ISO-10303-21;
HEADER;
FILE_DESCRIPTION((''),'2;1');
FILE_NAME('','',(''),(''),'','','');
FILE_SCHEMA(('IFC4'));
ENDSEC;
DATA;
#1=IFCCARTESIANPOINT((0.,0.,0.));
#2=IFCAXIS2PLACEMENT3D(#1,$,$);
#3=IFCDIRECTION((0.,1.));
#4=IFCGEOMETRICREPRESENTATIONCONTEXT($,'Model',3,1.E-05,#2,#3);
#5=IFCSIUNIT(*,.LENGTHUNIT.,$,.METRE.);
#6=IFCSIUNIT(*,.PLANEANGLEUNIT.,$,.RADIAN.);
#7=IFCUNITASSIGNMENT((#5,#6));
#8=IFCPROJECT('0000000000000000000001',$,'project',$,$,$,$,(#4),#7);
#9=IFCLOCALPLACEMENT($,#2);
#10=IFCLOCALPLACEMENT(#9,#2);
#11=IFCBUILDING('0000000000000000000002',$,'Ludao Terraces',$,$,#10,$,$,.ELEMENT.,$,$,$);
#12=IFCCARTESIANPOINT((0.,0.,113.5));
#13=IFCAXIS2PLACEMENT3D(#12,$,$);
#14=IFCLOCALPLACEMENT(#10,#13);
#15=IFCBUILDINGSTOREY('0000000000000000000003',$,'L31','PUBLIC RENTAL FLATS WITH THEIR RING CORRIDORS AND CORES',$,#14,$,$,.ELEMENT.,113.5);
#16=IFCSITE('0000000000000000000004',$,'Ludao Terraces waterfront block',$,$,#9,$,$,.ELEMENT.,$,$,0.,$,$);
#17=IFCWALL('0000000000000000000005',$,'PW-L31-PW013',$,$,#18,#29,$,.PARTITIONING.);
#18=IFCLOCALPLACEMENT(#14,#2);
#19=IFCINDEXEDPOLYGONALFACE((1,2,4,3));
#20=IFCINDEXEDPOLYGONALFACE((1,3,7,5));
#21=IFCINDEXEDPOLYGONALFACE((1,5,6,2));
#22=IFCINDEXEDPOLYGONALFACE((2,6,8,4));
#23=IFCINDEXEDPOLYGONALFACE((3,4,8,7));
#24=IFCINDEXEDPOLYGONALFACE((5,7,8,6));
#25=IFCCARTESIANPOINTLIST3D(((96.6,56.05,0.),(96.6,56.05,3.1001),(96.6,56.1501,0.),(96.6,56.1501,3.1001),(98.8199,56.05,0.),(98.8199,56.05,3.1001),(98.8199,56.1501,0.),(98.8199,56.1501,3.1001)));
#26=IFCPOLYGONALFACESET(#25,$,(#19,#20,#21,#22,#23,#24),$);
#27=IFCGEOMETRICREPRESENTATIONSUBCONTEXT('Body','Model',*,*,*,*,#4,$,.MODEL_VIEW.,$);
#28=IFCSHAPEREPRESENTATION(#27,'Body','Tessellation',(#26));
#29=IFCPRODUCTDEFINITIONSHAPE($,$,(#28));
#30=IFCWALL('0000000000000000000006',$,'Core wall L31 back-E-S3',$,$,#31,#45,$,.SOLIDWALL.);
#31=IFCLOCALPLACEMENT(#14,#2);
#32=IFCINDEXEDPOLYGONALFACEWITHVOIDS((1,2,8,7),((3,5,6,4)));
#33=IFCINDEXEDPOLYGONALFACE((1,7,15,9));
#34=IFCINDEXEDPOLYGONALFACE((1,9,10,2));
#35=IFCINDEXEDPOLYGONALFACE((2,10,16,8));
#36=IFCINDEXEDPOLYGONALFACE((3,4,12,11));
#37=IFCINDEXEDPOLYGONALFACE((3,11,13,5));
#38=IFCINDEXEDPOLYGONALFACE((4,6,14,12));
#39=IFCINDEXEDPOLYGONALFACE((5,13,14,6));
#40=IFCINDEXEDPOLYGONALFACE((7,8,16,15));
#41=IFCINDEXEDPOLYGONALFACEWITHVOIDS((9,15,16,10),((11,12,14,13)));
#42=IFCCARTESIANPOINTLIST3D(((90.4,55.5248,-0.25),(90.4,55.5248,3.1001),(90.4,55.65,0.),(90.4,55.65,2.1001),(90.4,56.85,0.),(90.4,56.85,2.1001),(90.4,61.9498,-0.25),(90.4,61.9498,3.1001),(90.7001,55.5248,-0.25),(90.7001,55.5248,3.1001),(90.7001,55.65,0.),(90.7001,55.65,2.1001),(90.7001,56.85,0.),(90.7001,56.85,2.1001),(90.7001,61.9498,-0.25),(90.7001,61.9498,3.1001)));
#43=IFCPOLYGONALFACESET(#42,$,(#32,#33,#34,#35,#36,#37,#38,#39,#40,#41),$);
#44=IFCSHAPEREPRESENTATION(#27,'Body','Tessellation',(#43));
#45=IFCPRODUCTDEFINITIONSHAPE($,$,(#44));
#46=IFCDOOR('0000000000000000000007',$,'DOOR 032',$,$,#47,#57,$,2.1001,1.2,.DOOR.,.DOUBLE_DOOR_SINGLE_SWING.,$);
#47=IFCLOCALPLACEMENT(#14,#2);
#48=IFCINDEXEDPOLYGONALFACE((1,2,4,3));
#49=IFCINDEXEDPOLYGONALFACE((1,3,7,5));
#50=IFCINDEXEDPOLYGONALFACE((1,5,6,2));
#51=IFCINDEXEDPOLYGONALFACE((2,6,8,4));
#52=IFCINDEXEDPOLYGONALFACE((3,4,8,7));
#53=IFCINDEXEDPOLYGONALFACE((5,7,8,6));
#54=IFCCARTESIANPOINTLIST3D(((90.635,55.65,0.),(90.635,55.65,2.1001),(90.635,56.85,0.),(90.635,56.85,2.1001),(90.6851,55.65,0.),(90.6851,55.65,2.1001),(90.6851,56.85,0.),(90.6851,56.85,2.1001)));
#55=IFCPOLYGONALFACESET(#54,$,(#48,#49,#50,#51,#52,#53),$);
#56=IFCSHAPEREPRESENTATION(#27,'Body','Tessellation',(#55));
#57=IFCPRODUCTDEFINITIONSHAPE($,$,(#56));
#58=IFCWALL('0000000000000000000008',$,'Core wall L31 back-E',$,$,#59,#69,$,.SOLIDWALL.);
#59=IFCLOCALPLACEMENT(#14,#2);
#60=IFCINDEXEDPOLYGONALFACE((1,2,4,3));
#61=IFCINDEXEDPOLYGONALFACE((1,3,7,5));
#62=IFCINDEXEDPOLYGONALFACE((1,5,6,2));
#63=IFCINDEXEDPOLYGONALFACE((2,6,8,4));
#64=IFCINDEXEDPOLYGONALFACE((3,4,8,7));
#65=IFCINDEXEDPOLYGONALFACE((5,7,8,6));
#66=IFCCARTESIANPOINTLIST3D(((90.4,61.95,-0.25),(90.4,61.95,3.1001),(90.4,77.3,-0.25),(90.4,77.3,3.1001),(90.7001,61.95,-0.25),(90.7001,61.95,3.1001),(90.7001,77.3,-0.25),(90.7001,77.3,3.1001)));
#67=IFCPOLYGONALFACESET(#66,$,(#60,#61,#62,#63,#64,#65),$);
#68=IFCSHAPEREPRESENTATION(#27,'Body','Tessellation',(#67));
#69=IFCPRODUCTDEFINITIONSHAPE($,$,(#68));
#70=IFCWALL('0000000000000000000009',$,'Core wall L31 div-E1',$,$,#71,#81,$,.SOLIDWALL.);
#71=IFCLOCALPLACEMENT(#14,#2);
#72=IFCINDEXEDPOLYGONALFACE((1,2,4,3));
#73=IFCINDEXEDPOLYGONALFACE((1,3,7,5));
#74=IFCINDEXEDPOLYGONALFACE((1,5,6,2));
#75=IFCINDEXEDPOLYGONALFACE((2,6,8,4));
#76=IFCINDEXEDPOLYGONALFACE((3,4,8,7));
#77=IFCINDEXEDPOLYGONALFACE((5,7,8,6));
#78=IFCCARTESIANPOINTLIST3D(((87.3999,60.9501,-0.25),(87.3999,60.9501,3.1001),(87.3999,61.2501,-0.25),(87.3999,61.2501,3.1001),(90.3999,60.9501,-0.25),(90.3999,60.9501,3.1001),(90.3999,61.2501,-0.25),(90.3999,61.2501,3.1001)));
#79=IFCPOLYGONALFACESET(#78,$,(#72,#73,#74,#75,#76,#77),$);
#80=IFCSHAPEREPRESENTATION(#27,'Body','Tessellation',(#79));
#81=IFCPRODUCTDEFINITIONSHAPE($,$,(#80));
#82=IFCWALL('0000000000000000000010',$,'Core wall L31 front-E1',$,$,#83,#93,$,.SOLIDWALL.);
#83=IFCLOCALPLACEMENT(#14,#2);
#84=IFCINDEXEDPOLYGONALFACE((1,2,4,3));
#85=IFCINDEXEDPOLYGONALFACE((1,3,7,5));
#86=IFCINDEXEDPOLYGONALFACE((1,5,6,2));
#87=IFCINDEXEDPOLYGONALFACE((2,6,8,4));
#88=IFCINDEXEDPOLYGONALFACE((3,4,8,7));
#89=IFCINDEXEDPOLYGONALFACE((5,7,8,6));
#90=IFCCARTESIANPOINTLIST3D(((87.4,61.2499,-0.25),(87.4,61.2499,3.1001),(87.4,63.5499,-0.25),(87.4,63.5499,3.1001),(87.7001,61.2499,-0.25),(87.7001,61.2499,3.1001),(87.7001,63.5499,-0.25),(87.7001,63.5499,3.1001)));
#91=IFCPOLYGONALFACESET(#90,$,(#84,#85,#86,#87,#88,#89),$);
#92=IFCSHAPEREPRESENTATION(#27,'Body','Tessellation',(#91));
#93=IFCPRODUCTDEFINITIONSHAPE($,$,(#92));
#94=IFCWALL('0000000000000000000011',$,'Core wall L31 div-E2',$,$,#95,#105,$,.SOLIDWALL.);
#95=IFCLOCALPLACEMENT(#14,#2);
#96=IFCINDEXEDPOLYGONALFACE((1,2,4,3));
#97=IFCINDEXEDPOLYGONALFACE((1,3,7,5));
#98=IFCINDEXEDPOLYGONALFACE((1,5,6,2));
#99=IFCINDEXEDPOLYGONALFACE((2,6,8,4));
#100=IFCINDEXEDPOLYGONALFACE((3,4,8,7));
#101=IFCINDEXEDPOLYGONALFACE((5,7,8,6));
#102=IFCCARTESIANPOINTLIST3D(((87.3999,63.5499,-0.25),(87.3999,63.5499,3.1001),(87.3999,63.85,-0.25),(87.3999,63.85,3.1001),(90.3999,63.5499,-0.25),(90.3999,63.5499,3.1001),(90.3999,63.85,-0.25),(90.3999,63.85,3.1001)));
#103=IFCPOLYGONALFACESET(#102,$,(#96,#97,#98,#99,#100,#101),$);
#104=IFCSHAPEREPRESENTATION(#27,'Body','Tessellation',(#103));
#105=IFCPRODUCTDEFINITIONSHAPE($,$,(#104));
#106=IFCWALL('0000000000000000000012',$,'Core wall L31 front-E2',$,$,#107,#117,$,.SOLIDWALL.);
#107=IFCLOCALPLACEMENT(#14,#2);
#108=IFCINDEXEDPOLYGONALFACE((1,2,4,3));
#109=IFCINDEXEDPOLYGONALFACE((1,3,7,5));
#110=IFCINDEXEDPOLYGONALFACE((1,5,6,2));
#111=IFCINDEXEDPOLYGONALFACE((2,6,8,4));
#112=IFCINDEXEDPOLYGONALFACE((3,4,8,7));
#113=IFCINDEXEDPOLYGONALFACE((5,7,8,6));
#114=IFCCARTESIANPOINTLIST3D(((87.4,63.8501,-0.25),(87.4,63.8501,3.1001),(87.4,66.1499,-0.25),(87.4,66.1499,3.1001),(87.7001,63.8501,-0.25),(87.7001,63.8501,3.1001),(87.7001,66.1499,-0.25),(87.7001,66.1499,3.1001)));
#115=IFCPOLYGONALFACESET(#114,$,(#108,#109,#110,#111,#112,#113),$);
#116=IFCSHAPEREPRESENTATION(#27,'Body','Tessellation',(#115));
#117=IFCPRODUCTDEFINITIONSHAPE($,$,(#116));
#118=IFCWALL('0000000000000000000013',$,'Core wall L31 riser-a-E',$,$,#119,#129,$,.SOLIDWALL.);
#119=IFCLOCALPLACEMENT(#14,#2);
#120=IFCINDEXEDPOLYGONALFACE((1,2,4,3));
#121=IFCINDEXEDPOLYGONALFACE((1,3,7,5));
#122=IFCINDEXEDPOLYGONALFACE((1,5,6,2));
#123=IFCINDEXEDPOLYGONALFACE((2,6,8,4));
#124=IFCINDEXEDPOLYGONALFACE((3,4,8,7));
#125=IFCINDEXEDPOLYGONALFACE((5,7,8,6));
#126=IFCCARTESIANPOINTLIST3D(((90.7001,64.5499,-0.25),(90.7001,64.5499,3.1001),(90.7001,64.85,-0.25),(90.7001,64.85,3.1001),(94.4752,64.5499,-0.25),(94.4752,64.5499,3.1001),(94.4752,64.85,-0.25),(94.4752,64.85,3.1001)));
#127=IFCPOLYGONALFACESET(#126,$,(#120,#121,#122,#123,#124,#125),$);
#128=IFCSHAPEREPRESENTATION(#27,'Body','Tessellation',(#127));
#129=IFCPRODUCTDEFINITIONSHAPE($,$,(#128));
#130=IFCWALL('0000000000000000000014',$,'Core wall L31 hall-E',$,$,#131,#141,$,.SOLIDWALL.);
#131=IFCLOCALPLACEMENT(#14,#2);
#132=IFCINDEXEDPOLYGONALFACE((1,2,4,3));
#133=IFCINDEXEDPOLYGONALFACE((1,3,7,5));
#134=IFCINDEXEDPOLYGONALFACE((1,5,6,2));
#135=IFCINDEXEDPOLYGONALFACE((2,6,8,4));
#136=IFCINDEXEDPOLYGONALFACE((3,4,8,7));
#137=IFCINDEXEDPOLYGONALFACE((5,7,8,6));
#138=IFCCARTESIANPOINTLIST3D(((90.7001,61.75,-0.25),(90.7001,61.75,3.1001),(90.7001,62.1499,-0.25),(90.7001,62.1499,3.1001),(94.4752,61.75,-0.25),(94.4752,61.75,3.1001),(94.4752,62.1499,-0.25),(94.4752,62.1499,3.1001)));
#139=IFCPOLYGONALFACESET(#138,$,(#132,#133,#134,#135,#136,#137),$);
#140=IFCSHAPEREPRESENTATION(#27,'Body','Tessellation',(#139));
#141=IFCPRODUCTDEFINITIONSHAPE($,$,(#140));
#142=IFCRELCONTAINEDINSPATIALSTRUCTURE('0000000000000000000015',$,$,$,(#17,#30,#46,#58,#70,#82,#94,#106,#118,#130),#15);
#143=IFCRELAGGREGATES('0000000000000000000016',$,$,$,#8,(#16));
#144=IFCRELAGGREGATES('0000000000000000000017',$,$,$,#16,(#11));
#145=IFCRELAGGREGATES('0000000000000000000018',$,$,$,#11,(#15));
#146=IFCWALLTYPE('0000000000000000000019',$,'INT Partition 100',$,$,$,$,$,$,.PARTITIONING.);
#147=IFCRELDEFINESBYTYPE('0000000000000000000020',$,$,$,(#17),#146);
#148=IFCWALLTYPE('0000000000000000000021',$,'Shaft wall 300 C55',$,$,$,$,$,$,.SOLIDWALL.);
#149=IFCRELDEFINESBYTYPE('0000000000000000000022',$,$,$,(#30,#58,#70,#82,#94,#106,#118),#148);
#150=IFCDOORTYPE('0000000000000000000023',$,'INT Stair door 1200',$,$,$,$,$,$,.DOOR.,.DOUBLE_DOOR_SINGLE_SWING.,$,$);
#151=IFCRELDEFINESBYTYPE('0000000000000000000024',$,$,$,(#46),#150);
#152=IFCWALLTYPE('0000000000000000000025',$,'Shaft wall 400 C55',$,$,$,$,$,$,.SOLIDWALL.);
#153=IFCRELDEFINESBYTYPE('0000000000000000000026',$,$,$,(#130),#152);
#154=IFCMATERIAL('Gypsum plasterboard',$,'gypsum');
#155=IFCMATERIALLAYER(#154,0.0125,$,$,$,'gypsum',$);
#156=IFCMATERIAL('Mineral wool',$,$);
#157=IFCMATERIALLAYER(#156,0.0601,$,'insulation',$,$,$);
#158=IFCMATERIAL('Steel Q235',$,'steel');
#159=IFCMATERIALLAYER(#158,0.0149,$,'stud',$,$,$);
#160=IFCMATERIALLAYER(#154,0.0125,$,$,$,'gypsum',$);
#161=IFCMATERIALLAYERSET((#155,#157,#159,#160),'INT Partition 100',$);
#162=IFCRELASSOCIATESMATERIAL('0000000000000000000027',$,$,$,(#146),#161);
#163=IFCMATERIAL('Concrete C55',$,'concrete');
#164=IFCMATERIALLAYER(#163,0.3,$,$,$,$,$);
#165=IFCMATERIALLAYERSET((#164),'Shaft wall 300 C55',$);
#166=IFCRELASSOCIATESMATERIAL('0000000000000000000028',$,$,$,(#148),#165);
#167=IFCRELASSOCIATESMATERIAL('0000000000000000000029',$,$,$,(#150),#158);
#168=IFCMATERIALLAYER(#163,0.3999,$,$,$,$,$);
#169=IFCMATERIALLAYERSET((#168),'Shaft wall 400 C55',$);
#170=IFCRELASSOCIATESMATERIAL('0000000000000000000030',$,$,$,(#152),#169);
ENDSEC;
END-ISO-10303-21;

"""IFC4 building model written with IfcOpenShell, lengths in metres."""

from ifc_helpers import new_model, si_unit, direction, frame, frame_2d, origin, place, context, subcontext, project, spatial, rectangle, extrude, material, layer, layer_set, type_object, element, fill, save


model = new_model("IFC4")

# Units and contexts
model_context = context("Model", 3, precision=1e-05, world=origin(), true_north=direction((0.0, 1.0)))
body_context = subcontext(model_context, "Body", "Model", "MODEL_VIEW")
ifc_project = project(units=[si_unit("LENGTHUNIT", "METRE"), si_unit("PLANEANGLEUNIT", "RADIAN")], contexts=[model_context])

# Site, building, storey
site_placement = place(None, origin())
site = spatial("IfcSite", under=ifc_project, at=site_placement, Name="Ludao Terraces waterfront block", CompositionType="ELEMENT", RefElevation=0.0)
building_placement = place(site_placement, origin())
building = spatial("IfcBuilding", under=site, at=building_placement, Name="Ludao Terraces", CompositionType="ELEMENT")
storey_placement = place(building_placement, frame((0.0, 0.0, 113.5)))
storey = spatial("IfcBuildingStorey", under=building, at=storey_placement, Name="L31", Description="PUBLIC RENTAL FLATS WITH THEIR RING CORRIDORS AND CORES", CompositionType="ELEMENT", Elevation=113.5)

# Shared definitions
ifc_material_1 = material(Name="Steel Q235", Category="steel")

# Shared definitions
ifc_material_2 = material(Name="Mineral wool")

# Wall
ifc_material_3 = material(Name="Gypsum plasterboard", Category="gypsum")
ifc_layer_1 = layer(ifc_material_3, 0.0125, Category="gypsum")
ifc_layer_2 = layer(ifc_material_2, 0.0601, Name="insulation")
ifc_layer_3 = layer(ifc_material_1, 0.0149, Name="stud")
ifc_layer_4 = layer(ifc_material_3, 0.0125, Category="gypsum")
ifc_layer_set_1 = layer_set([ifc_layer_1, ifc_layer_2, ifc_layer_3, ifc_layer_4], Name="INT Partition 100")
wall_type_1 = type_object("IfcWallType", Name="INT Partition 100", PredefinedType="PARTITIONING", material=ifc_layer_set_1)
for number, where, z_axis, x_axis, name in (
    (1, (96.6001, 56.1001, 0.0), (0.0, 0.0, 1.0), (1.0, 0.0, 0.0), "PW-L31-PW013"),
):
    element("IfcWall", number, at=place(storey_placement, frame(where, z_axis=z_axis, x_axis=x_axis)), inside=storey, type_object=wall_type_1, Name=name, PredefinedType="PARTITIONING", context=body_context, shape_type="SweptSolid", body=[
        extrude(rectangle(XDim=2.22, YDim=0.1001, at=frame_2d((1.1099, 0.0))), origin(), (0.0, 0.0, 1.0), 3.1001),
    ])

# Wall, opening, door
ifc_material_4 = material(Name="Concrete C55", Category="concrete")
ifc_layer_5 = layer(ifc_material_4, 0.3)
ifc_layer_set_2 = layer_set([ifc_layer_5], Name="Shaft wall 300 C55")
wall_type_2 = type_object("IfcWallType", Name="Shaft wall 300 C55", PredefinedType="SOLIDWALL", material=ifc_layer_set_2)
wall_1_placement = place(storey_placement, frame((90.55, 55.5249, -0.25), z_axis=(0.0, 0.0, 1.0), x_axis=(0.0, 1.0, 0.0)))
wall_1 = element("IfcWall", 2, at=wall_1_placement, inside=storey, type_object=wall_type_2, Name="Core wall L31 back-E-S3", PredefinedType="SOLIDWALL", context=body_context, shape_type="SweptSolid", body=[
    extrude(rectangle(XDim=6.425, YDim=0.3, at=frame_2d((3.2124, 0.0))), origin(), (0.0, 0.0, 1.0), 3.3501),
])
opening_1_placement = place(wall_1_placement, frame((0.125, 0.0, 0.25)))
opening_1 = element("IfcOpeningElement", 3, at=opening_1_placement, cuts=wall_1, PredefinedType="OPENING", context=body_context, shape_type="SweptSolid", body=[
    extrude(rectangle(XDim=1.2, YDim=2.1001, at=frame_2d((0.6001, 1.05))), frame((0.0, 0.1602, 0.0), z_axis=(0.0, -1.0, 0.0), x_axis=(1.0, 0.0, 0.0)), (0.0, 0.0, 1.0), 0.3201),
])
door_type_1 = type_object("IfcDoorType", Name="INT Stair door 1200", OperationType="DOUBLE_DOOR_SINGLE_SWING", PredefinedType="DOOR", material=ifc_material_1)
door_1_placement = place(opening_1_placement, origin())
door_1 = element("IfcDoor", 4, at=door_1_placement, inside=storey, type_object=door_type_1, Name="DOOR 032", OperationType="DOUBLE_DOOR_SINGLE_SWING", OverallHeight=2.1001, OverallWidth=1.2, PredefinedType="DOOR", context=body_context, shape_type="SweptSolid", body=[
    extrude(rectangle(XDim=1.2, YDim=2.1001, at=frame_2d((0.6001, 1.05))), frame((0.0, -0.085, 0.0), z_axis=(0.0, -1.0, 0.0), x_axis=(1.0, 0.0, 0.0)), (0.0, 0.0, 1.0), 0.05),
])
fill(opening_1, door_1)

# Walls
wall_2_placement = place(storey_placement, frame((90.55, 61.95, -0.25), z_axis=(0.0, 0.0, 1.0), x_axis=(0.0, 1.0, 0.0)))
element("IfcWall", 5, at=wall_2_placement, inside=storey, type_object=wall_type_2, Name="Core wall L31 back-E", PredefinedType="SOLIDWALL", context=body_context, shape_type="SweptSolid", body=[
    extrude(rectangle(XDim=15.3501, YDim=0.3, at=frame_2d((7.675, 0.0))), origin(), (0.0, 0.0, 1.0), 3.3501),
])
wall_3_placement = place(storey_placement, frame((87.3999, 61.1001, -0.25), z_axis=(0.0, 0.0, 1.0), x_axis=(1.0, 0.0, 0.0)))
element("IfcWall", 6, at=wall_3_placement, inside=storey, type_object=wall_type_2, Name="Core wall L31 div-E1", PredefinedType="SOLIDWALL", context=body_context, shape_type="SweptSolid", body=[
    extrude(rectangle(XDim=3.0, YDim=0.3, at=frame_2d((1.5, 0.0))), origin(), (0.0, 0.0, 1.0), 3.3501),
])
wall_4_placement = place(storey_placement, frame((87.55, 61.25, -0.25), z_axis=(0.0, 0.0, 1.0), x_axis=(0.0, 1.0, 0.0)))
element("IfcWall", 7, at=wall_4_placement, inside=storey, type_object=wall_type_2, Name="Core wall L31 front-E1", PredefinedType="SOLIDWALL", context=body_context, shape_type="SweptSolid", body=[
    extrude(rectangle(XDim=2.3, YDim=0.3, at=frame_2d((1.1499, 0.0))), origin(), (0.0, 0.0, 1.0), 3.3501),
])
wall_5_placement = place(storey_placement, frame((87.3999, 63.7, -0.25), z_axis=(0.0, 0.0, 1.0), x_axis=(1.0, 0.0, 0.0)))
element("IfcWall", 8, at=wall_5_placement, inside=storey, type_object=wall_type_2, Name="Core wall L31 div-E2", PredefinedType="SOLIDWALL", context=body_context, shape_type="SweptSolid", body=[
    extrude(rectangle(XDim=3.0, YDim=0.3, at=frame_2d((1.5, 0.0))), origin(), (0.0, 0.0, 1.0), 3.3501),
])
wall_6_placement = place(storey_placement, frame((87.55, 63.8501, -0.25), z_axis=(0.0, 0.0, 1.0), x_axis=(0.0, 1.0, 0.0)))
element("IfcWall", 9, at=wall_6_placement, inside=storey, type_object=wall_type_2, Name="Core wall L31 front-E2", PredefinedType="SOLIDWALL", context=body_context, shape_type="SweptSolid", body=[
    extrude(rectangle(XDim=2.2998, YDim=0.3, at=frame_2d((1.1499, 0.0))), origin(), (0.0, 0.0, 1.0), 3.3501),
])
wall_7_placement = place(storey_placement, frame((90.7, 64.7, -0.25), z_axis=(0.0, 0.0, 1.0), x_axis=(1.0, 0.0, 0.0)))
element("IfcWall", 10, at=wall_7_placement, inside=storey, type_object=wall_type_2, Name="Core wall L31 riser-a-E", PredefinedType="SOLIDWALL", context=body_context, shape_type="SweptSolid", body=[
    extrude(rectangle(XDim=3.7751, YDim=0.3, at=frame_2d((1.8877, 0.0))), origin(), (0.0, 0.0, 1.0), 3.3501),
])
ifc_layer_6 = layer(ifc_material_4, 0.3999)
ifc_layer_set_3 = layer_set([ifc_layer_6], Name="Shaft wall 400 C55")
wall_type_3 = type_object("IfcWallType", Name="Shaft wall 400 C55", PredefinedType="SOLIDWALL", material=ifc_layer_set_3)
wall_8_placement = place(storey_placement, frame((90.7, 61.95, -0.25), z_axis=(0.0, 0.0, 1.0), x_axis=(1.0, 0.0, 0.0)))
element("IfcWall", 11, at=wall_8_placement, inside=storey, type_object=wall_type_3, Name="Core wall L31 hall-E", PredefinedType="SOLIDWALL", context=body_context, shape_type="SweptSolid", body=[
    extrude(rectangle(XDim=3.7751, YDim=0.3999, at=frame_2d((1.8877, 0.0))), origin(), (0.0, 0.0, 1.0), 3.3501),
])

save(model, "model.ifc")
